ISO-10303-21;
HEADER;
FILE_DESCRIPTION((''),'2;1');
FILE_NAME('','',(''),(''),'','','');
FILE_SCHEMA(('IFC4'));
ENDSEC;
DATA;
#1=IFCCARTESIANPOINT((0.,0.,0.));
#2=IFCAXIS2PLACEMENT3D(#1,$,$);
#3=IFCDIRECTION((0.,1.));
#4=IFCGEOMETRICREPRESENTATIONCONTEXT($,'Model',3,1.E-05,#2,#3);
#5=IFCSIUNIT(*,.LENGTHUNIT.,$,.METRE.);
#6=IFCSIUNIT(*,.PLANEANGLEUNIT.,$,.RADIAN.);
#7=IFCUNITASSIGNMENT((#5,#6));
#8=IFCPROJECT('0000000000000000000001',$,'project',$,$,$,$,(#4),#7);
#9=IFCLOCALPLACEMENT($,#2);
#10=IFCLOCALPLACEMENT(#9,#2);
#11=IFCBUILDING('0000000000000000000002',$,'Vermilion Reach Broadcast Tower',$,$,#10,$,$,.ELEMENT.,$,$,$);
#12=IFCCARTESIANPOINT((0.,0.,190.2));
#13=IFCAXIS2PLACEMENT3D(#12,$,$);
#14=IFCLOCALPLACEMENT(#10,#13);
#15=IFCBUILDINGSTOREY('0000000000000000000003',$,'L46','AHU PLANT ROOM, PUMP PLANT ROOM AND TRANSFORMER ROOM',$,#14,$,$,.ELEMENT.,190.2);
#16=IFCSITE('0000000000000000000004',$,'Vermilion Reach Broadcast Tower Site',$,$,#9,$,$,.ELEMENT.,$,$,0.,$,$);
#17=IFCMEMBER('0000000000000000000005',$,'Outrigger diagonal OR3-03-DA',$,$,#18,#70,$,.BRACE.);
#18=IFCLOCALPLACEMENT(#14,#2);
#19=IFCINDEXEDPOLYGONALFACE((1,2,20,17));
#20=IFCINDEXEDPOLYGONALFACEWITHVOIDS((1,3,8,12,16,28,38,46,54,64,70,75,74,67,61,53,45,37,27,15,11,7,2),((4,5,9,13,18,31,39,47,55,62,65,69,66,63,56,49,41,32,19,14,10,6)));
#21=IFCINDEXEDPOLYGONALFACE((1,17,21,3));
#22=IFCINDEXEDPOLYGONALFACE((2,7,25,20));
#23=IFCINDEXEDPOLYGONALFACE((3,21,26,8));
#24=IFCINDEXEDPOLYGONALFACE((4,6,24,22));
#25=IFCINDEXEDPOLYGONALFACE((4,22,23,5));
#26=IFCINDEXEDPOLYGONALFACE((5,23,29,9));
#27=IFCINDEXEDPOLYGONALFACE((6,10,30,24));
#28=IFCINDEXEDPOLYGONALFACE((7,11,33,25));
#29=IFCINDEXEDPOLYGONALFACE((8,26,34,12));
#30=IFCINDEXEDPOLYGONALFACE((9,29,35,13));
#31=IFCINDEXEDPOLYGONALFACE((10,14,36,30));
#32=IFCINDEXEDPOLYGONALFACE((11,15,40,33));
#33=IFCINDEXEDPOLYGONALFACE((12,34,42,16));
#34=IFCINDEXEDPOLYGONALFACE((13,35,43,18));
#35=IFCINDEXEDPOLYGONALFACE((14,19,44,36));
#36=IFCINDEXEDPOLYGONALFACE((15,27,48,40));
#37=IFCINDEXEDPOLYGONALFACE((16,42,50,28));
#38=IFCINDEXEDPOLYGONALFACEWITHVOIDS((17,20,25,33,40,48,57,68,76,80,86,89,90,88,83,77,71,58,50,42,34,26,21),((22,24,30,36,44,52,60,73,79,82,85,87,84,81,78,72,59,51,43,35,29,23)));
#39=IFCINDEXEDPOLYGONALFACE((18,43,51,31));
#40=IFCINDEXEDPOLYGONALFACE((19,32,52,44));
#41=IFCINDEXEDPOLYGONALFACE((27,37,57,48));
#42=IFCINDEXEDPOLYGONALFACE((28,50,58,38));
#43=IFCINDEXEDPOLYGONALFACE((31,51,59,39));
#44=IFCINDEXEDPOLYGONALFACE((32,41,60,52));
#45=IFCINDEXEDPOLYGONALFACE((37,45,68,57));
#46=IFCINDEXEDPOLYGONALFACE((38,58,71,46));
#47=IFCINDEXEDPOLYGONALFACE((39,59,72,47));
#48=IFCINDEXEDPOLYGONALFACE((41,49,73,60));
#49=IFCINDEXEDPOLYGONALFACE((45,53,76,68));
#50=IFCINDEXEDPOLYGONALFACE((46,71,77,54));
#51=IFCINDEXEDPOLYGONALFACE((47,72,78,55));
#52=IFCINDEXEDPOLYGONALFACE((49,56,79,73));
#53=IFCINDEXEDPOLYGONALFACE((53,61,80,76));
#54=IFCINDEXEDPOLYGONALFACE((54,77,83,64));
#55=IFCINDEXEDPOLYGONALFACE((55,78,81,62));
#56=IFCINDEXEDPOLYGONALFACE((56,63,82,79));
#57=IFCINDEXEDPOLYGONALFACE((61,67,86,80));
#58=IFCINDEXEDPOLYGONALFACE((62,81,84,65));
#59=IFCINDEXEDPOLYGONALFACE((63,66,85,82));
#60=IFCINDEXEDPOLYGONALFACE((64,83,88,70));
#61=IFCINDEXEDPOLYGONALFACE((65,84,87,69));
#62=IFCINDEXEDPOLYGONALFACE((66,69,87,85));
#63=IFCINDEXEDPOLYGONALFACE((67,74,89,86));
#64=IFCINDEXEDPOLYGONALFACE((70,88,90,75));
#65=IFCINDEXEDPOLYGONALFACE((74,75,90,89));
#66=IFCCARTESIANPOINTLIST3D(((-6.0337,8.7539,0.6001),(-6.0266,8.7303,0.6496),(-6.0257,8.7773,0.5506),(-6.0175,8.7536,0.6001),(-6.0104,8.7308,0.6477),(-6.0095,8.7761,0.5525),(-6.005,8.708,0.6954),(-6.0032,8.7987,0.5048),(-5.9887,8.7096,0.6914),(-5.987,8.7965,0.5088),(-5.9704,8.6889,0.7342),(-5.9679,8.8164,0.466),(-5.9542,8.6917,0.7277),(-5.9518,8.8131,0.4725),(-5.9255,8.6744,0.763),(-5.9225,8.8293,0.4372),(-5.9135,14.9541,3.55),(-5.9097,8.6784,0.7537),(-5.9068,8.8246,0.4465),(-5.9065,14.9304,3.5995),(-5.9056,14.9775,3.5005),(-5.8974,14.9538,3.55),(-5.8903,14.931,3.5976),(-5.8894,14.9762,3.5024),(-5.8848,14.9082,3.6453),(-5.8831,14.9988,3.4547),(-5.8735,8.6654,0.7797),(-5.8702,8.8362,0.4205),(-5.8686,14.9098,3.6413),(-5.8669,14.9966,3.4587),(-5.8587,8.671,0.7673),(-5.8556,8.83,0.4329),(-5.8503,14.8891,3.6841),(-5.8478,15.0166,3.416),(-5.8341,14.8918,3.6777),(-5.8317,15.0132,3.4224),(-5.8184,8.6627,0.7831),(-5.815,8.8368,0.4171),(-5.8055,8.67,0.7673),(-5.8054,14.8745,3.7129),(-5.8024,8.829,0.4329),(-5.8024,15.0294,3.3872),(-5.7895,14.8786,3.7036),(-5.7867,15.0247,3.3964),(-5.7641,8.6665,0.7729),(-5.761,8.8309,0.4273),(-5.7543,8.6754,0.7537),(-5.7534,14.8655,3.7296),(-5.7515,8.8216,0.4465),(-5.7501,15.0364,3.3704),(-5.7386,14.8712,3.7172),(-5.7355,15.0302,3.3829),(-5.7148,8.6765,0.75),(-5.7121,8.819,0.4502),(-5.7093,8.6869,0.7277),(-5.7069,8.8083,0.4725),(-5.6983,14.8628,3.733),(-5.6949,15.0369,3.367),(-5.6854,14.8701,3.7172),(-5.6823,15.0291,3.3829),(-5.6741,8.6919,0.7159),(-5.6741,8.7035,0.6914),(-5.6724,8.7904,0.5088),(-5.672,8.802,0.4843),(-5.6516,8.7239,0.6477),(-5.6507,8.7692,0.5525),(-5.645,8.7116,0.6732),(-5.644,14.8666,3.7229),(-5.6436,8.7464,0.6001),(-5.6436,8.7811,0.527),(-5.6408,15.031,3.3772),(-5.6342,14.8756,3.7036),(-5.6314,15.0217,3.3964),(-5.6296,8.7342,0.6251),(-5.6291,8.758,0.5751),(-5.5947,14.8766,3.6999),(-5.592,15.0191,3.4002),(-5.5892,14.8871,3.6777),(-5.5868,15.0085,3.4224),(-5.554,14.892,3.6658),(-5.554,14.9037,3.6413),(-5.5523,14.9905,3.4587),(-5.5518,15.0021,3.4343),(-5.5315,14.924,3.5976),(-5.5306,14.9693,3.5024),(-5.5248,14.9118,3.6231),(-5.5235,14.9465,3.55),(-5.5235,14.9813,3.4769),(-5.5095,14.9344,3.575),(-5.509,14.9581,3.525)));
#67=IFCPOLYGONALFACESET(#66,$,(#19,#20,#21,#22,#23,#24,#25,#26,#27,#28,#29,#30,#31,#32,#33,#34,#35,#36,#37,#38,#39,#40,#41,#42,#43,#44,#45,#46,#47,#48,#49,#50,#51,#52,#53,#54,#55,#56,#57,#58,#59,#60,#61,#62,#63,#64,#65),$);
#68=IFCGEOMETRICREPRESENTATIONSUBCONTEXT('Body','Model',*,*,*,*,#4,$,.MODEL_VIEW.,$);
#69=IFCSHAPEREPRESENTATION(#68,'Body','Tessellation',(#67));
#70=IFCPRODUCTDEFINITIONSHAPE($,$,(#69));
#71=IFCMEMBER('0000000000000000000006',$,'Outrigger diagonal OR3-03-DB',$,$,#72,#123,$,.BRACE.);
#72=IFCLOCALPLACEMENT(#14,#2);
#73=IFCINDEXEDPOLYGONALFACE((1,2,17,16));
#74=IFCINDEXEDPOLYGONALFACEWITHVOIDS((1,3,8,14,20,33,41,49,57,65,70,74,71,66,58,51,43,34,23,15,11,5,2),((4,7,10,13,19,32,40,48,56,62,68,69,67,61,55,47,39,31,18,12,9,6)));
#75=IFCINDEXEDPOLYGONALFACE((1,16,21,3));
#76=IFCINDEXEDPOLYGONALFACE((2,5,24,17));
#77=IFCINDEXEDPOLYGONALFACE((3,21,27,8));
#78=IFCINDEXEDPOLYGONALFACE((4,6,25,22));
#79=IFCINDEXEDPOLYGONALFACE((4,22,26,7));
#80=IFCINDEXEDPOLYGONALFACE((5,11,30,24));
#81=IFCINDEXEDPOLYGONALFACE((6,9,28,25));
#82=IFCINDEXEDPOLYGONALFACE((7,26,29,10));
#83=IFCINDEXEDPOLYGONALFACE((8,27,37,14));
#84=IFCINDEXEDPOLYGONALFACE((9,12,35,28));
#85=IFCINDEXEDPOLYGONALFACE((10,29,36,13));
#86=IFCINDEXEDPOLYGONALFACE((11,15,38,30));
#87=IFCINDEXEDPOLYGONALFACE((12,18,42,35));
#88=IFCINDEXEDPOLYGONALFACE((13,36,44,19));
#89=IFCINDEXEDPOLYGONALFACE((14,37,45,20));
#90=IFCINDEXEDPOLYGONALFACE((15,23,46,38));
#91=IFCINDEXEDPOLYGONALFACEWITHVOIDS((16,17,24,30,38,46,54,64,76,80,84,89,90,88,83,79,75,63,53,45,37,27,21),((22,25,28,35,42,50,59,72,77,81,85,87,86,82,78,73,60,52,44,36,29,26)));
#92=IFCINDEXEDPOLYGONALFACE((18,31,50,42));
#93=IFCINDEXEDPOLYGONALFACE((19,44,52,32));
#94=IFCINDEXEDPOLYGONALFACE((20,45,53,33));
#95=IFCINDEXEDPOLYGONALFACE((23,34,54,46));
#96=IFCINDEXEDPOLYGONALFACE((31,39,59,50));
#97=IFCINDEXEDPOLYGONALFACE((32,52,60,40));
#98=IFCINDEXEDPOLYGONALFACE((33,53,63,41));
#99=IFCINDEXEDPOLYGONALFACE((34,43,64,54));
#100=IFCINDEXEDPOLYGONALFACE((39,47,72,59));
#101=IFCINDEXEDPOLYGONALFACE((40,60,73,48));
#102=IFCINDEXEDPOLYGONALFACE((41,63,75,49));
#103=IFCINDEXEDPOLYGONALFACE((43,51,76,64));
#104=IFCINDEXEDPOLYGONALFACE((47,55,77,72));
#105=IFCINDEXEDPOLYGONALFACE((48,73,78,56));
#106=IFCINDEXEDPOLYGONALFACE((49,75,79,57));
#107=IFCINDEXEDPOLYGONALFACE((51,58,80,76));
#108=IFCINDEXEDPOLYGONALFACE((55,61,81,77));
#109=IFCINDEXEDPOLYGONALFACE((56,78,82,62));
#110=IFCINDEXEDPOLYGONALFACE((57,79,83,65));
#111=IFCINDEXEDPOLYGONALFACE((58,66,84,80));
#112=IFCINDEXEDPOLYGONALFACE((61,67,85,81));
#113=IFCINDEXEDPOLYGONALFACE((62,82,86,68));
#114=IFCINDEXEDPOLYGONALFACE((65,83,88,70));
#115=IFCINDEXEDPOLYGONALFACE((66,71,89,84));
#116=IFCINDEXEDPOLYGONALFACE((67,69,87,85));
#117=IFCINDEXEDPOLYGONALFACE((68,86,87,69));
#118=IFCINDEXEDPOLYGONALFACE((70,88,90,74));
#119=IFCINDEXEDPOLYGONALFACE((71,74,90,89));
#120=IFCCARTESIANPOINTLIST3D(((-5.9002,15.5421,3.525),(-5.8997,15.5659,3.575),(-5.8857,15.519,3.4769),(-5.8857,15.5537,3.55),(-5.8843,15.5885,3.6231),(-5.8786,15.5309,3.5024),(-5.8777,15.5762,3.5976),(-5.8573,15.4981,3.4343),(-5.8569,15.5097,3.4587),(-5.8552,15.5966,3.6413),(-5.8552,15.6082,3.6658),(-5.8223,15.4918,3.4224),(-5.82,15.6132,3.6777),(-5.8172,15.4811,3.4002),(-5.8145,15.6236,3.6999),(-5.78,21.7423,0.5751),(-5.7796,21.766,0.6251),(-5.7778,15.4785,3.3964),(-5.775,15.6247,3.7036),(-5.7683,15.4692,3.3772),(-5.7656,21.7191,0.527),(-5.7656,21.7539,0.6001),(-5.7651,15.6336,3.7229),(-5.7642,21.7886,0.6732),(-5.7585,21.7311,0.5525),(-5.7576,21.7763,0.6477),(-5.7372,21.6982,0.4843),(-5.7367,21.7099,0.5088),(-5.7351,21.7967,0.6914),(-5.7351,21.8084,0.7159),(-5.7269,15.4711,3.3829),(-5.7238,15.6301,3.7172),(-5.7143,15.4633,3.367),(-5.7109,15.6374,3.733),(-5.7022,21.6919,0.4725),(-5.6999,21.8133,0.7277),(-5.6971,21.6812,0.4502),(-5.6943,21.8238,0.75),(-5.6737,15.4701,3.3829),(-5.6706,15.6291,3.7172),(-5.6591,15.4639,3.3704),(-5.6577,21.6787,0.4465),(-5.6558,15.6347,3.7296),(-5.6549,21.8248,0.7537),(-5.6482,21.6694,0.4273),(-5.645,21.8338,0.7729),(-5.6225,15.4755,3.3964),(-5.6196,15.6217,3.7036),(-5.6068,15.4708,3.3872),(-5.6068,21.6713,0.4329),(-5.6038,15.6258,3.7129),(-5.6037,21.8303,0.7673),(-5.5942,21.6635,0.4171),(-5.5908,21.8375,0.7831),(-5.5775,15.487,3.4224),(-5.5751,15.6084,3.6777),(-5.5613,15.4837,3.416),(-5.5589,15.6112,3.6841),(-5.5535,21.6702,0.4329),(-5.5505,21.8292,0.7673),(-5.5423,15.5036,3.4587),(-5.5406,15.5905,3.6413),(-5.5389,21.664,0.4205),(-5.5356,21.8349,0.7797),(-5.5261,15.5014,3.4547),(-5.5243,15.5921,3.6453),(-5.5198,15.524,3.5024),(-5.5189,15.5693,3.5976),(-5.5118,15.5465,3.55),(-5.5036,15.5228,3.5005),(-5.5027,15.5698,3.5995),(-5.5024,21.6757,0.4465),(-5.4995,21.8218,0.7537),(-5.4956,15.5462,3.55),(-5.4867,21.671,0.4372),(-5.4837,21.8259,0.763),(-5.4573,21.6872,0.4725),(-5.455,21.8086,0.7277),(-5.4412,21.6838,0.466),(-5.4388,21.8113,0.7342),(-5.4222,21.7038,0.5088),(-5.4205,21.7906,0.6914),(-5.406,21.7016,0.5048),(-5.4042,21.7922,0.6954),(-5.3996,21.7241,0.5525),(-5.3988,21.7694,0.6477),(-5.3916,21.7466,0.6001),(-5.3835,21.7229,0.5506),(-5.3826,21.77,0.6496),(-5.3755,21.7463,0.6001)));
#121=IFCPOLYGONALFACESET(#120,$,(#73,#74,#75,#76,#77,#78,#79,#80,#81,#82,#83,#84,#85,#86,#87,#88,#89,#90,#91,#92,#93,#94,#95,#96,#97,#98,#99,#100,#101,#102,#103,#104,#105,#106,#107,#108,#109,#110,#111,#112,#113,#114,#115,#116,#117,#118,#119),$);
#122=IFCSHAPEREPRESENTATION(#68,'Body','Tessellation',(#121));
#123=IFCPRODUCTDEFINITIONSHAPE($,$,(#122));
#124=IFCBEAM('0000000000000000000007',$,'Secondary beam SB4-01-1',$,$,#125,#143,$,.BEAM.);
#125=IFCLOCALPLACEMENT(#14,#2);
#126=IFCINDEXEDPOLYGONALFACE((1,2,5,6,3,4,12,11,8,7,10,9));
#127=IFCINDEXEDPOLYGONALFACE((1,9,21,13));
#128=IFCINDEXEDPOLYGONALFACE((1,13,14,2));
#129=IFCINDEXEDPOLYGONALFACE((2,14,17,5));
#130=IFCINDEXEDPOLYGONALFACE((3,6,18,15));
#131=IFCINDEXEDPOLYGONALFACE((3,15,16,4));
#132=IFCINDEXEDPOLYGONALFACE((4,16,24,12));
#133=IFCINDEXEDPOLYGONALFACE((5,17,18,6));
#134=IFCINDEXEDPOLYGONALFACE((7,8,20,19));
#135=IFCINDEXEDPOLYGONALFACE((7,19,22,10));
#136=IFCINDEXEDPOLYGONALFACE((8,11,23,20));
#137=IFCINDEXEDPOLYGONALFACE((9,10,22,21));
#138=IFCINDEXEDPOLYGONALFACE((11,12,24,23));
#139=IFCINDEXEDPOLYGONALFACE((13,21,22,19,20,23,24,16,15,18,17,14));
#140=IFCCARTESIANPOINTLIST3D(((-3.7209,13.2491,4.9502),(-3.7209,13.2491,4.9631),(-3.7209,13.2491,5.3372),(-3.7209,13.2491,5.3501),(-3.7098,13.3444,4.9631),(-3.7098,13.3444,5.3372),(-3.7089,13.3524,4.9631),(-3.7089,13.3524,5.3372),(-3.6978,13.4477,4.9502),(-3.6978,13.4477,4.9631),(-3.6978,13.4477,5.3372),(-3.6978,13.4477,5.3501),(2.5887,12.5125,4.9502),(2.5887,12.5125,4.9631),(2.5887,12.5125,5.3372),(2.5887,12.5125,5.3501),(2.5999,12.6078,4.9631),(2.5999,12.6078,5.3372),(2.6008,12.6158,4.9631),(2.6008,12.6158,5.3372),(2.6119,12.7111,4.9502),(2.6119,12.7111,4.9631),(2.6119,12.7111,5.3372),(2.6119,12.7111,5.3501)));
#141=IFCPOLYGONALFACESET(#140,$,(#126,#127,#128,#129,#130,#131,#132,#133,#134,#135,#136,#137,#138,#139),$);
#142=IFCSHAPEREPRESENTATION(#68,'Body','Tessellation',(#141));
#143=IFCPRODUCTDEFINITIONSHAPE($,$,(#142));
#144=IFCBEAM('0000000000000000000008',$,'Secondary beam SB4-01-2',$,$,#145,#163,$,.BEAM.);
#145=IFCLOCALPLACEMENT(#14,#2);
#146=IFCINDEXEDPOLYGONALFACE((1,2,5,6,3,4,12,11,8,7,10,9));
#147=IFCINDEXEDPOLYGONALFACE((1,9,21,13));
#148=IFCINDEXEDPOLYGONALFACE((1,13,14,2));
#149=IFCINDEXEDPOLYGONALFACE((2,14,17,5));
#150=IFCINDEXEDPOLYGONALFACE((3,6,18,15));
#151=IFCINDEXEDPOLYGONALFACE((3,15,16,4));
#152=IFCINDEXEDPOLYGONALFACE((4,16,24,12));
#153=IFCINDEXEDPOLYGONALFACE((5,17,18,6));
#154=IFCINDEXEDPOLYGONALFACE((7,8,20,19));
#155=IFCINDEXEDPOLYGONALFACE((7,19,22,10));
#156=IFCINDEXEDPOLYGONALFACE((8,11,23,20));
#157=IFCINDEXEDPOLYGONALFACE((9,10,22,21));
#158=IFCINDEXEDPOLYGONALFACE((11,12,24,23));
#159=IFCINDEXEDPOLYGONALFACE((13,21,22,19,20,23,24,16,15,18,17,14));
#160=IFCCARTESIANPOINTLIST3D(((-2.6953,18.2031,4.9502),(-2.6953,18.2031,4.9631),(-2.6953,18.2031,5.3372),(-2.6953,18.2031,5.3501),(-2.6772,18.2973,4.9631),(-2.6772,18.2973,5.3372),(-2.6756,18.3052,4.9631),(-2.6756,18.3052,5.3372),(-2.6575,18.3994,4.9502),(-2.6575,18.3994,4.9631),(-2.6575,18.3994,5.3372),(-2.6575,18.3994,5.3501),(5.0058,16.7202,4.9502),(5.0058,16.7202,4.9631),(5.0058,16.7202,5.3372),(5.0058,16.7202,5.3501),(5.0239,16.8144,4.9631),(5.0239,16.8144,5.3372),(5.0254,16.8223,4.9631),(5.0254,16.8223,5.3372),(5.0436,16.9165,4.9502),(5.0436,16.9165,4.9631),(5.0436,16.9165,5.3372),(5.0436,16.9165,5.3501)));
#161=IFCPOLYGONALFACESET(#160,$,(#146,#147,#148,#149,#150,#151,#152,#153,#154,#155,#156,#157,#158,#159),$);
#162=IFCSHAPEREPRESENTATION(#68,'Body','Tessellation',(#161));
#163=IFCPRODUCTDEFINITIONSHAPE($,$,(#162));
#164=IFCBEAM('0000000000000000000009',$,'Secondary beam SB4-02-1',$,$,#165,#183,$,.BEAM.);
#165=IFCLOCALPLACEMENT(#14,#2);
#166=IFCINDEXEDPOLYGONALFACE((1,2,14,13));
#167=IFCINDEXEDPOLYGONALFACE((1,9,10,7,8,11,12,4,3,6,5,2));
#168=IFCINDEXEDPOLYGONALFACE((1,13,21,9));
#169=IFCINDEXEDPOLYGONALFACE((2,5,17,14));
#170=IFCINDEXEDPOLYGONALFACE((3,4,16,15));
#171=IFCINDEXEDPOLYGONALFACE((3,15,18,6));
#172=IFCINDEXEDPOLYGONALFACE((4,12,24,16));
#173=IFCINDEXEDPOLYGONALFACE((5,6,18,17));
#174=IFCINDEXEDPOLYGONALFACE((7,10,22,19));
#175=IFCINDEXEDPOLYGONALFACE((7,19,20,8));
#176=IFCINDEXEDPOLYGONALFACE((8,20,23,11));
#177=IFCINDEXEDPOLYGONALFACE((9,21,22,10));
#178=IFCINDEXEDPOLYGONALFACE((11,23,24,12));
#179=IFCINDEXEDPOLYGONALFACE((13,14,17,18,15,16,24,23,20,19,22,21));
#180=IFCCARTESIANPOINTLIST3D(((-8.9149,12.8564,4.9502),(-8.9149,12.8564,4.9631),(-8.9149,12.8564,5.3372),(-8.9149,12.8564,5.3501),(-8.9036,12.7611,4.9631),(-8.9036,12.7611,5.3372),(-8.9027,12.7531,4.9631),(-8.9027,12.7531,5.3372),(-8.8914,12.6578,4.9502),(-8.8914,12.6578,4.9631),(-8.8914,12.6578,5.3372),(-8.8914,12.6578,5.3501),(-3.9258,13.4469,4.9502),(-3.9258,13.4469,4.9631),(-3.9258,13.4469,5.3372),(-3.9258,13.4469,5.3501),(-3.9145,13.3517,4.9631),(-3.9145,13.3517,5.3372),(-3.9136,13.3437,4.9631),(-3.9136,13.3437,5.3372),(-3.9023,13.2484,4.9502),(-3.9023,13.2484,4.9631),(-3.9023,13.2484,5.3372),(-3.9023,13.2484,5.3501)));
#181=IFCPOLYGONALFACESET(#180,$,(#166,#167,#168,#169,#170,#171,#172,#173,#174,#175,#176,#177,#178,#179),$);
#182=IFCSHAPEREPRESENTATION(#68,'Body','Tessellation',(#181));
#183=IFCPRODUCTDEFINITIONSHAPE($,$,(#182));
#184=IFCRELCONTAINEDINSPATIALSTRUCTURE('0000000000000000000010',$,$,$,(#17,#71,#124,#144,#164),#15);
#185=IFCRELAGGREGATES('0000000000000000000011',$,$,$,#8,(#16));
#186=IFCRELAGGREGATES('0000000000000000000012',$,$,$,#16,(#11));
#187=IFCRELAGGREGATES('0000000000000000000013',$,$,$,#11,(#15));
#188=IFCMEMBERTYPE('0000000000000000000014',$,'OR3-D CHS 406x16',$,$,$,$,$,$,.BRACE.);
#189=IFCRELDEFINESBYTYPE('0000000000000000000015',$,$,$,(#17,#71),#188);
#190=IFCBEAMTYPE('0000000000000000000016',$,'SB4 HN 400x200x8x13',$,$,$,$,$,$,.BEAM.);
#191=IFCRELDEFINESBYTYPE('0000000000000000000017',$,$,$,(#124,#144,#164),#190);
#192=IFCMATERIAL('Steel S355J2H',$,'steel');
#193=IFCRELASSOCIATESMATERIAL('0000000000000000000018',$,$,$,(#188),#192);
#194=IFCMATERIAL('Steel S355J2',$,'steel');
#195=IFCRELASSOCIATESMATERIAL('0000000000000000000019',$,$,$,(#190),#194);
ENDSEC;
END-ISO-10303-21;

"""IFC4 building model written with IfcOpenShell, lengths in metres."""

from ifc_helpers import new_model, si_unit, direction, frame, origin, origin_2d, place, context, subcontext, project, spatial, hollow_circle, i_section, extrude, material, material_profile, profile_set, type_object, element, save


model = new_model("IFC4")

# Units and contexts
model_context = context("Model", 3, precision=1e-05, world=origin(), true_north=direction((0.0, 1.0)))
body_context = subcontext(model_context, "Body", "Model", "MODEL_VIEW")
ifc_project = project(units=[si_unit("LENGTHUNIT", "METRE"), si_unit("PLANEANGLEUNIT", "RADIAN")], contexts=[model_context])

# Site, building, storey
site_placement = place(None, origin())
site = spatial("IfcSite", under=ifc_project, at=site_placement, Name="Vermilion Reach Broadcast Tower Site", CompositionType="ELEMENT", RefElevation=0.0)
building_placement = place(site_placement, origin())
building = spatial("IfcBuilding", under=site, at=building_placement, Name="Vermilion Reach Broadcast Tower", CompositionType="ELEMENT")
storey_placement = place(building_placement, frame((0.0, 0.0, 190.2)))
storey = spatial("IfcBuildingStorey", under=building, at=storey_placement, Name="L46", Description="AHU PLANT ROOM, PUMP PLANT ROOM AND TRANSFORMER ROOM", CompositionType="ELEMENT", Elevation=190.2)

# Members
ifc_material_1 = material(Name="Steel S355J2H", Category="steel")
ifc_material_profile_1 = material_profile(ifc_material_1, hollow_circle(Radius=0.2031, WallThickness=0.0161, at=origin_2d()), Name="S355J2H CHS 406x16")
ifc_profile_set_1 = profile_set([ifc_material_profile_1], Name="Steel S355J2H")
member_type_1 = type_object("IfcMemberType", Name="OR3-D CHS 406x16", PredefinedType="BRACE", material=ifc_profile_set_1)
for number, where, z_axis, x_axis, name in (
    (1, (-5.8306, 8.75, 0.6001), (0.017491, 0.902865, 0.429568), (-0.999812, 0.019369, 0.0), "Outrigger diagonal OR3-03-DA"),
    (2, (-5.5786, 21.7502, 0.6001), (-0.017491, -0.902865, 0.429568), (0.999812, -0.019369, 0.0), "Outrigger diagonal OR3-03-DB"),
):
    element("IfcMember", number, at=place(storey_placement, frame(where, z_axis=z_axis, x_axis=x_axis)), inside=storey, type_object=member_type_1, Name=name, PredefinedType="BRACE", context=body_context, shape_type="SweptSolid", body=[
        extrude(hollow_circle(Radius=0.2031, WallThickness=0.0161, at=origin_2d()), origin(), (0.0, 0.0, 1.0), 6.8672),
    ])

# Beams
ifc_material_2 = material(Name="Steel S355J2", Category="steel")
ifc_material_profile_2 = material_profile(ifc_material_2, i_section(OverallWidth=0.2, OverallDepth=0.3999, WebThickness=0.0081, FlangeThickness=0.0129, at=origin_2d()), Name="S355J2 HN 400x200x8x13")
ifc_profile_set_2 = profile_set([ifc_material_profile_2], Name="Steel S355J2")
beam_type_1 = type_object("IfcBeamType", Name="SB4 HN 400x200x8x13", PredefinedType="BEAM", material=ifc_profile_set_2)
beam_1_placement = place(storey_placement, frame((2.6003, 12.6118, 5.1501), z_axis=(-0.993255, 0.115947, 0.0), x_axis=(-0.115947, -0.993255, 0.0)))
element("IfcBeam", 3, at=beam_1_placement, inside=storey, type_object=beam_type_1, Name="Secondary beam SB4-01-1", PredefinedType="BEAM", context=body_context, shape_type="SweptSolid", body=[
    extrude(i_section(OverallWidth=0.2, OverallDepth=0.3999, WebThickness=0.0081, FlangeThickness=0.0129, at=origin_2d()), origin(), (0.0, 0.0, 1.0), 6.3525),
])
beam_2_placement = place(storey_placement, frame((5.0247, 16.8184, 5.1501), z_axis=(-0.981961, 0.189083, 0.0), x_axis=(-0.189083, -0.981961, 0.0)))
element("IfcBeam", 4, at=beam_2_placement, inside=storey, type_object=beam_type_1, Name="Secondary beam SB4-01-2", PredefinedType="BEAM", context=body_context, shape_type="SweptSolid", body=[
    extrude(i_section(OverallWidth=0.2, OverallDepth=0.3999, WebThickness=0.0081, FlangeThickness=0.0129, at=origin_2d()), origin(), (0.0, 0.0, 1.0), 7.8425),
])
beam_3_placement = place(storey_placement, frame((-3.9141, 13.3477, 5.1501), z_axis=(-0.993066, -0.117555, 0.0), x_axis=(0.117555, -0.993066, 0.0)))
element("IfcBeam", 5, at=beam_3_placement, inside=storey, type_object=beam_type_1, Name="Secondary beam SB4-02-1", PredefinedType="BEAM", context=body_context, shape_type="SweptSolid", body=[
    extrude(i_section(OverallWidth=0.2, OverallDepth=0.3999, WebThickness=0.0081, FlangeThickness=0.0129, at=origin_2d()), origin(), (0.0, 0.0, 1.0), 5.0239),
])

save(model, "model.ifc")
